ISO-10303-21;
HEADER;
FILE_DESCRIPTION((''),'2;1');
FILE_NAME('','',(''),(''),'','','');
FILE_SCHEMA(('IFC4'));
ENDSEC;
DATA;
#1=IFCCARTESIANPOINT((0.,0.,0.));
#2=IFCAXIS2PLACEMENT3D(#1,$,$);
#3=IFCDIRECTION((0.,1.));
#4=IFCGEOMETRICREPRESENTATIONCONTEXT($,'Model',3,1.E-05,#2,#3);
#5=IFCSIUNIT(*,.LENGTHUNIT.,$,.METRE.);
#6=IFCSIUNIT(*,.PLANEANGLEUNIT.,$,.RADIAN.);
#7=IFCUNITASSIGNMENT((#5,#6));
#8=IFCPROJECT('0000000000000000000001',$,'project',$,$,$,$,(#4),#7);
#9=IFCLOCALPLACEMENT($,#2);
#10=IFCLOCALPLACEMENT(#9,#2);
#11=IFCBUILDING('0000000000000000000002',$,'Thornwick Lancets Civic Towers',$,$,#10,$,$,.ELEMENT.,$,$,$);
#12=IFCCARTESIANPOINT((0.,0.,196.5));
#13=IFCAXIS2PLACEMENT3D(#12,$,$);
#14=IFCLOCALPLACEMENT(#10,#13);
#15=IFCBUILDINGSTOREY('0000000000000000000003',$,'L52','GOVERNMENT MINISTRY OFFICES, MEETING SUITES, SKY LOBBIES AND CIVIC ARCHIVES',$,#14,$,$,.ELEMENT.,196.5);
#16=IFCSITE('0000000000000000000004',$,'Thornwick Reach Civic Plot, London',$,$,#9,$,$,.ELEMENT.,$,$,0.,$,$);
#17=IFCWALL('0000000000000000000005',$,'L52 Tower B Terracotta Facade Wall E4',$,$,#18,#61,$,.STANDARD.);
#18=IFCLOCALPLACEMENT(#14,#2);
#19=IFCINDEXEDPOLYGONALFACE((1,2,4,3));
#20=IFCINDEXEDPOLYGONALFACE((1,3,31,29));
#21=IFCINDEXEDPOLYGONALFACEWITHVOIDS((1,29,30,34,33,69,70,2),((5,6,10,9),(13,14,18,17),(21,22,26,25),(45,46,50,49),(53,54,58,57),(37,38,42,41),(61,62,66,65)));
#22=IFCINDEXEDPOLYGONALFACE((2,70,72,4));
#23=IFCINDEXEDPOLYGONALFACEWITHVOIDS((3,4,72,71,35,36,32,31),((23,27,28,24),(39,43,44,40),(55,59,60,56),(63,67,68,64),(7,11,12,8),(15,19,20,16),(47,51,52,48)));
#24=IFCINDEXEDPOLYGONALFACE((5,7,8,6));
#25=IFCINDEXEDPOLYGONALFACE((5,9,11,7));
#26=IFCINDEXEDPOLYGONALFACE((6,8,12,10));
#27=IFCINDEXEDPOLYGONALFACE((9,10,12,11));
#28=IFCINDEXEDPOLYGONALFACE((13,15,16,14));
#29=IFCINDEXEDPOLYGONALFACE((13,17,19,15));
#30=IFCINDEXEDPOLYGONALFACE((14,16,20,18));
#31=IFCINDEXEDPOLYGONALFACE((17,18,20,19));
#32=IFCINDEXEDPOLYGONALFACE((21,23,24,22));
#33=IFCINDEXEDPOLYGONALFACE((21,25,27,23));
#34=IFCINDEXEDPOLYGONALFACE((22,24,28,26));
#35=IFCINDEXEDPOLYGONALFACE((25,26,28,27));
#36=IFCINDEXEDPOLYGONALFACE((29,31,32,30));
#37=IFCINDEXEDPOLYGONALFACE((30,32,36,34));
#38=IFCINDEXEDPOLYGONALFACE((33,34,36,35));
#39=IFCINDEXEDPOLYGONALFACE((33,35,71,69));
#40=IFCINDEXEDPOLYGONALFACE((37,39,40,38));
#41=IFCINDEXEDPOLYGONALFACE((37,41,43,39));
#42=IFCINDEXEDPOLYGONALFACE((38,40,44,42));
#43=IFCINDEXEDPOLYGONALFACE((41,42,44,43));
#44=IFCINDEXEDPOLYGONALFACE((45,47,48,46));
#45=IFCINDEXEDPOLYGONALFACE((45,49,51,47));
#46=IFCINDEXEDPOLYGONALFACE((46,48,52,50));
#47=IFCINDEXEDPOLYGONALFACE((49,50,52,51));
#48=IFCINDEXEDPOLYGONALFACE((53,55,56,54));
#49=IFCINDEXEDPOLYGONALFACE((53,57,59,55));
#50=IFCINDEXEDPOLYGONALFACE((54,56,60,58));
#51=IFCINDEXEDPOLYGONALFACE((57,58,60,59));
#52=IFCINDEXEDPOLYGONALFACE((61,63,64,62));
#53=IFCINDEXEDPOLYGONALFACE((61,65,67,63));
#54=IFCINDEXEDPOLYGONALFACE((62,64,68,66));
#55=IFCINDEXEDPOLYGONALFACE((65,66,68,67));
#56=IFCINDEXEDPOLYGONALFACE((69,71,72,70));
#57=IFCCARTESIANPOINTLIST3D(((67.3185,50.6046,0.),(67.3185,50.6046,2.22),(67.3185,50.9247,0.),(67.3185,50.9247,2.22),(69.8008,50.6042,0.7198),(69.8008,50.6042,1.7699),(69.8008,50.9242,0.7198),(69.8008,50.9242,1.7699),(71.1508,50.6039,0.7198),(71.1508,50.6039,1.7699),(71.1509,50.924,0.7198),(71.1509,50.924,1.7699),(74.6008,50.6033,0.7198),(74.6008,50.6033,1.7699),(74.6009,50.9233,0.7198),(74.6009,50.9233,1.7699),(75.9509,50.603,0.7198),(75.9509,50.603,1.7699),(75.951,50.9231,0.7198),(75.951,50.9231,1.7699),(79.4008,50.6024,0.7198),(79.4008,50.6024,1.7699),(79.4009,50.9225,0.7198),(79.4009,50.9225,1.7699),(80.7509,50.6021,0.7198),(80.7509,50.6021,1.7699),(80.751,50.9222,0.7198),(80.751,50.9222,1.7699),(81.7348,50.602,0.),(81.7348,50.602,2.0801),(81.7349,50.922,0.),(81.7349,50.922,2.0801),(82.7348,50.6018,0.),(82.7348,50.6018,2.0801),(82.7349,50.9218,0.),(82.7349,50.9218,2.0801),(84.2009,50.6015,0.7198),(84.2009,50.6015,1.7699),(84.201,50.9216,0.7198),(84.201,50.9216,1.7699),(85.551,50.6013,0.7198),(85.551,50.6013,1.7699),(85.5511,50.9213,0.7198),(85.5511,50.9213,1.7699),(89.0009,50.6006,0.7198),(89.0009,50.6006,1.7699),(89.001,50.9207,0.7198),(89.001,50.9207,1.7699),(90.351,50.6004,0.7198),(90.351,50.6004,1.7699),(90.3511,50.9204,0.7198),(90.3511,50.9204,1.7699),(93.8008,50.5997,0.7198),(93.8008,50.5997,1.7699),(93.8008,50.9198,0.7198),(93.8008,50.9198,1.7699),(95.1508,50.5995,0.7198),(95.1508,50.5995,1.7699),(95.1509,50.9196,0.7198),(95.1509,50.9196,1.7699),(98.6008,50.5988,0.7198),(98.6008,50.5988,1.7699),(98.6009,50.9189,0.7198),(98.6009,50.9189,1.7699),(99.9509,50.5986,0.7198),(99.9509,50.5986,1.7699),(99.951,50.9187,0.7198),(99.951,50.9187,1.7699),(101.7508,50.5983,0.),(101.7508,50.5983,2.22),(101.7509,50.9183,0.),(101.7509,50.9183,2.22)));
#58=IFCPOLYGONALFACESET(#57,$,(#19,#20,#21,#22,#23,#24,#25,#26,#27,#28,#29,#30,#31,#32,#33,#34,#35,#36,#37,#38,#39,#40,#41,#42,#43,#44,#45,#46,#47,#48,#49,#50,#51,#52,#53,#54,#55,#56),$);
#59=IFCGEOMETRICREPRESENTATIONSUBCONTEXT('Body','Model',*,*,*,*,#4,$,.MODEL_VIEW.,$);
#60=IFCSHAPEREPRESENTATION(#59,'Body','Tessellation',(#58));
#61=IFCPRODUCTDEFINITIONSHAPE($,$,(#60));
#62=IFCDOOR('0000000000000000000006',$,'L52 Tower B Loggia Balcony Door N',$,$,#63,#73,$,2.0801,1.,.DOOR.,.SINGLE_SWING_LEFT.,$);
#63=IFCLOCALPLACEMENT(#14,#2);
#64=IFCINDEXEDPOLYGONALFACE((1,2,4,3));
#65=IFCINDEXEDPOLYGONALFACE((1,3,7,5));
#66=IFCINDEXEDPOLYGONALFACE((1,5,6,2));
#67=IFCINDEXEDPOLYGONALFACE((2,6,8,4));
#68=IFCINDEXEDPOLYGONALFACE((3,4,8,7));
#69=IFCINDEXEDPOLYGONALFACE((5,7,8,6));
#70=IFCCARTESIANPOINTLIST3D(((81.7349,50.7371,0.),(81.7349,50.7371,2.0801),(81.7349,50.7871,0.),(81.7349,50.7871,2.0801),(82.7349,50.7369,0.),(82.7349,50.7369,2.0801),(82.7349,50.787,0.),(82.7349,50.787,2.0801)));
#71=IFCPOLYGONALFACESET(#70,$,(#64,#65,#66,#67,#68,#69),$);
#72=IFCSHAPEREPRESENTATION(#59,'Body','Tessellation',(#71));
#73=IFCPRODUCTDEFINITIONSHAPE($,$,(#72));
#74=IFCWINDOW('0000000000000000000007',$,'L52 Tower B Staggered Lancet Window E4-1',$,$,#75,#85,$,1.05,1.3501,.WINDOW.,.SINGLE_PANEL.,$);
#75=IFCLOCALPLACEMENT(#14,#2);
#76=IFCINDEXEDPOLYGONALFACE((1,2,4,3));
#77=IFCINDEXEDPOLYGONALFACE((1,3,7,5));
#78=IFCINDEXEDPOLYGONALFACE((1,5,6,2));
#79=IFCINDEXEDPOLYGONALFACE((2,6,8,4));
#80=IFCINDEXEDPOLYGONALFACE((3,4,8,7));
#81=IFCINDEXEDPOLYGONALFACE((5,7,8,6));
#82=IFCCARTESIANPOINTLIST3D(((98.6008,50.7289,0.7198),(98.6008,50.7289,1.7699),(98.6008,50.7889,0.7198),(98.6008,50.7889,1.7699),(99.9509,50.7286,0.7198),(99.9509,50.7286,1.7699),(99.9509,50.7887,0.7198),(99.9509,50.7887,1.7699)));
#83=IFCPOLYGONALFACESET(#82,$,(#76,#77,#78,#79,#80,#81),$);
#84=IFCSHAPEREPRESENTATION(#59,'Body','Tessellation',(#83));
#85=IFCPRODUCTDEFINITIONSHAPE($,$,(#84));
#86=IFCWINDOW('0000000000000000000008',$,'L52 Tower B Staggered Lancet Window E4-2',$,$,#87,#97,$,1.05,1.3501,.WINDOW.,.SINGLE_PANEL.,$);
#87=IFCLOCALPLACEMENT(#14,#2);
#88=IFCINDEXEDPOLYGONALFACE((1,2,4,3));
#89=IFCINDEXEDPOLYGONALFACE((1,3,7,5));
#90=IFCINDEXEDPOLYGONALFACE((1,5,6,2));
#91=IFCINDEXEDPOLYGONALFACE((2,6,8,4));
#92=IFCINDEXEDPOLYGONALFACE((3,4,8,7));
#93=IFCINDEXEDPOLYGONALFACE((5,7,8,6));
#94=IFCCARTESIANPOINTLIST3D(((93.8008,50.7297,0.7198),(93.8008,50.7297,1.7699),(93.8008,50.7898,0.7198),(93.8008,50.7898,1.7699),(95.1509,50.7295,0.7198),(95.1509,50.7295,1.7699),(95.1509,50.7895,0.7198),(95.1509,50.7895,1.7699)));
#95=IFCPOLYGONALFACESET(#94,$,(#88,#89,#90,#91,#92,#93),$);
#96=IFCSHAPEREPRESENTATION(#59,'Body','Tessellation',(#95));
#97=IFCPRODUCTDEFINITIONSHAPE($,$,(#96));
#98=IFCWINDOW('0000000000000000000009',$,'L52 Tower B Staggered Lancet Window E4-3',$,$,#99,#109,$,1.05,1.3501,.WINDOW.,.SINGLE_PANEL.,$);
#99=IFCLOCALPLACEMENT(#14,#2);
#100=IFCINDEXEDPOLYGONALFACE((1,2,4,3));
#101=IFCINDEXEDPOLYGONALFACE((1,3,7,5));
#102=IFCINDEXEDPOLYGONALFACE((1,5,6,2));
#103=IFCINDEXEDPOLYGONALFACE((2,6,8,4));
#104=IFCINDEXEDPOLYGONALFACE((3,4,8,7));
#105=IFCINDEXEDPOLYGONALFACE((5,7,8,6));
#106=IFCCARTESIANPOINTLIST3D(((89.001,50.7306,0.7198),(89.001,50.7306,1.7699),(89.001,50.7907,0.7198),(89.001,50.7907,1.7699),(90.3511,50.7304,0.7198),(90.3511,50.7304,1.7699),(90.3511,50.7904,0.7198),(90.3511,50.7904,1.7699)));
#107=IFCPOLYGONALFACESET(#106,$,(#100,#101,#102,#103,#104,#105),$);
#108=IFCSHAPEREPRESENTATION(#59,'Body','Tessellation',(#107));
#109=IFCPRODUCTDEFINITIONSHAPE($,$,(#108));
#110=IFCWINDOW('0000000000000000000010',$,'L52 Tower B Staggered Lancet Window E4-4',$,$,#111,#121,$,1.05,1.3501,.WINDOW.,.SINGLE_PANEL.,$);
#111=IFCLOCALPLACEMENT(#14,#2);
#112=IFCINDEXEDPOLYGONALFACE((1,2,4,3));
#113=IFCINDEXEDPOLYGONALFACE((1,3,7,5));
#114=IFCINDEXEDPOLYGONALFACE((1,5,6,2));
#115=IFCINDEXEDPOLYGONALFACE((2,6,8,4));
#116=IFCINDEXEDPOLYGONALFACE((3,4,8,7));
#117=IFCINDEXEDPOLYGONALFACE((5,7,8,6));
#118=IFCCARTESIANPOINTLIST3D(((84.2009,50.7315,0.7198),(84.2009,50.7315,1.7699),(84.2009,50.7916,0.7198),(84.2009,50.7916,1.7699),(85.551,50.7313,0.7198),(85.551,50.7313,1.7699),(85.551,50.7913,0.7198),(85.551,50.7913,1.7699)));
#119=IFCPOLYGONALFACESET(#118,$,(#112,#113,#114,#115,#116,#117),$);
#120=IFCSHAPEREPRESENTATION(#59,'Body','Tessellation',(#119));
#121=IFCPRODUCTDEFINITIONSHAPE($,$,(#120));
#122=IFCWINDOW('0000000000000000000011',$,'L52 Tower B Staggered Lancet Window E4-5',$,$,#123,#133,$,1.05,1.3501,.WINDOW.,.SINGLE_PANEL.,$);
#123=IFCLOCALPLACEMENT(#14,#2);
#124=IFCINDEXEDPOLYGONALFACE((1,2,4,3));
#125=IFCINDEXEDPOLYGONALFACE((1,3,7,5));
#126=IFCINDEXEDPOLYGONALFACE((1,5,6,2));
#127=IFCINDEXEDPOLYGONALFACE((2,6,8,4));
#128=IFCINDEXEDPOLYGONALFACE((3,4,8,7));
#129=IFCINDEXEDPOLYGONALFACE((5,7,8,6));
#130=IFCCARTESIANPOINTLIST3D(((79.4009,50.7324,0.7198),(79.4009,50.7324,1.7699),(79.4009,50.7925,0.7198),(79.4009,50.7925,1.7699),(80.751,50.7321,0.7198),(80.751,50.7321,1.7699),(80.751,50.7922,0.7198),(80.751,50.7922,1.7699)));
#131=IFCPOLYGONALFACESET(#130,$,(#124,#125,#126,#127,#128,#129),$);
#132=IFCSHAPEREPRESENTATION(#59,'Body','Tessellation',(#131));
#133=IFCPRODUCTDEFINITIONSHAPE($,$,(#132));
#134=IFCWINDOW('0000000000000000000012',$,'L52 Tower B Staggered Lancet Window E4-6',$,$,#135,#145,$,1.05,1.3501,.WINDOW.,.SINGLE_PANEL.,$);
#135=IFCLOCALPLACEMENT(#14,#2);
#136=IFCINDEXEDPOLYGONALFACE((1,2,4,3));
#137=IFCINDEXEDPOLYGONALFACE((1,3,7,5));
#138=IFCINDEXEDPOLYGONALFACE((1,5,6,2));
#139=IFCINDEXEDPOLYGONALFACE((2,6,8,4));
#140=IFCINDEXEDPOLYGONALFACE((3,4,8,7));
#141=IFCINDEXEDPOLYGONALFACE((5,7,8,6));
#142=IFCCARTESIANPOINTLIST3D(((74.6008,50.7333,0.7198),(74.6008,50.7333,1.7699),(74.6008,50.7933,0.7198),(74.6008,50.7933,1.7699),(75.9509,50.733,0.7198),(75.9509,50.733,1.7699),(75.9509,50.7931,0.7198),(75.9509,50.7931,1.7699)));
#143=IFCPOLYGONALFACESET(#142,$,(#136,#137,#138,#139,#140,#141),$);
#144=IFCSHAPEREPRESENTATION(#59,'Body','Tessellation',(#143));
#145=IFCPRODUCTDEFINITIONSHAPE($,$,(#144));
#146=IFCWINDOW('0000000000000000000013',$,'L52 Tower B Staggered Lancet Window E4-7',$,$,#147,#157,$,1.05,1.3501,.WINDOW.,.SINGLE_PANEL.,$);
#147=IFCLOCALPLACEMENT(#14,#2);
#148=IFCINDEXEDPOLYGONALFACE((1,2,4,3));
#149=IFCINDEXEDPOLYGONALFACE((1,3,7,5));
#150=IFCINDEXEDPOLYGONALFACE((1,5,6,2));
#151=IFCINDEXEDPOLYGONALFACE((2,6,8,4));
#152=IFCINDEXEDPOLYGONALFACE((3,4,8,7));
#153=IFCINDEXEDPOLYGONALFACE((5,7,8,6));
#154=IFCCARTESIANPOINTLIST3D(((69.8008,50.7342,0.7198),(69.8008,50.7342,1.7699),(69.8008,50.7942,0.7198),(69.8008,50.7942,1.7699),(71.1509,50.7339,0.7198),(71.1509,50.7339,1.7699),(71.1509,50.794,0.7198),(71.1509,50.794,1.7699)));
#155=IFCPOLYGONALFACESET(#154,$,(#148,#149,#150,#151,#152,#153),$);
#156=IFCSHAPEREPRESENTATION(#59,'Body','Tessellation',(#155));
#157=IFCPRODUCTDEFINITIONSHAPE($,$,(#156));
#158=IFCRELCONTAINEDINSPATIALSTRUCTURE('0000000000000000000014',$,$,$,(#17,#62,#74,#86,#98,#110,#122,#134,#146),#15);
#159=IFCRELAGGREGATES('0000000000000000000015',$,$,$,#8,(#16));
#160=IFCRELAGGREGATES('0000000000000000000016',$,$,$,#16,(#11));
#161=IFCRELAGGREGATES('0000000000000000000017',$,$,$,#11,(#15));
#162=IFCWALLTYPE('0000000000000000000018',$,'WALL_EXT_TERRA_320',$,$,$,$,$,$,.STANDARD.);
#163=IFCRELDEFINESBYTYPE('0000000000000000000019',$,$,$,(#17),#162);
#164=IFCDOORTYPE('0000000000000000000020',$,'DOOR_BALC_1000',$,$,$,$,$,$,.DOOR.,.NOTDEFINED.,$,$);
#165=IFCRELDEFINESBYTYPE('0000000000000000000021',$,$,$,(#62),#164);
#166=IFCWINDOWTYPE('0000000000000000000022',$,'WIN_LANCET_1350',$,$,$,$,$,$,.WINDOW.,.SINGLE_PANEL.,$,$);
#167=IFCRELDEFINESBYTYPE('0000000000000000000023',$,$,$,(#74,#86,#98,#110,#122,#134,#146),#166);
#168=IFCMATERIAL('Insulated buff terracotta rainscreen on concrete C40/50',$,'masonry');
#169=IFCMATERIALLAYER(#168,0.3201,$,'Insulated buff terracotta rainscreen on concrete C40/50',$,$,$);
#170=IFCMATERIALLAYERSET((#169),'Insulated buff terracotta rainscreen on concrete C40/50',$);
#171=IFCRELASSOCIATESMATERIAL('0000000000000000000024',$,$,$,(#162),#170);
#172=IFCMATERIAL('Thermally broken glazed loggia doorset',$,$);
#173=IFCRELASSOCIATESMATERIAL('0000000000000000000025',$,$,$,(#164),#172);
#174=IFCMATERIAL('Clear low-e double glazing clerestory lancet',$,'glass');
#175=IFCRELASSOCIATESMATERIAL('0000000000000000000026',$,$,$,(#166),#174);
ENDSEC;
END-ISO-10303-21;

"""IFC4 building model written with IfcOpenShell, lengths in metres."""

from ifc_helpers import new_model, si_unit, direction, frame, frame_2d, origin, place, context, subcontext, project, spatial, rectangle, extrude, material, layer, layer_set, type_object, element, fill, save


model = new_model("IFC4")

# Units and contexts
model_context = context("Model", 3, precision=1e-05, world=origin(), true_north=direction((0.0, 1.0)))
body_context = subcontext(model_context, "Body", "Model", "MODEL_VIEW")
ifc_project = project(units=[si_unit("LENGTHUNIT", "METRE"), si_unit("PLANEANGLEUNIT", "RADIAN")], contexts=[model_context])

# Site, building, storey
site_placement = place(None, origin())
site = spatial("IfcSite", under=ifc_project, at=site_placement, Name="Thornwick Reach Civic Plot, London", CompositionType="ELEMENT", RefElevation=0.0)
building_placement = place(site_placement, origin())
building = spatial("IfcBuilding", under=site, at=building_placement, Name="Thornwick Lancets Civic Towers", CompositionType="ELEMENT")
storey_placement = place(building_placement, frame((0.0, 0.0, 196.5)))
storey = spatial("IfcBuildingStorey", under=building, at=storey_placement, Name="L52", Description="GOVERNMENT MINISTRY OFFICES, MEETING SUITES, SKY LOBBIES AND CIVIC ARCHIVES", CompositionType="ELEMENT", Elevation=196.5)

# Wall, openings, door, windows
ifc_material_1 = material(Name="Insulated buff terracotta rainscreen on concrete C40/50", Category="masonry")
ifc_layer_1 = layer(ifc_material_1, 0.3201, Name="Insulated buff terracotta rainscreen on concrete C40/50")
ifc_layer_set_1 = layer_set([ifc_layer_1], Name="Insulated buff terracotta rainscreen on concrete C40/50")
wall_type_1 = type_object("IfcWallType", Name="WALL_EXT_TERRA_320", PredefinedType="STANDARD", material=ifc_layer_set_1)
wall_1_placement = place(storey_placement, frame((101.751, 50.7583, 0.0), z_axis=(0.0, 0.0, 1.0), x_axis=(-1.0, 0.000184, 0.0)))
wall_1 = element("IfcWall", 1, at=wall_1_placement, inside=storey, type_object=wall_type_1, Name="L52 Tower B Terracotta Facade Wall E4", PredefinedType="STANDARD", context=body_context, shape_type="SweptSolid", body=[
    extrude(rectangle(XDim=34.4324, YDim=0.3201, at=frame_2d((17.2163, 0.0))), origin(), (0.0, 0.0, 1.0), 2.22),
])
opening_1_placement = place(wall_1_placement, frame((19.0161, 0.0, 0.0)))
opening_1 = element("IfcOpeningElement", 2, at=opening_1_placement, cuts=wall_1, PredefinedType="OPENING", context=body_context, shape_type="SweptSolid", body=[
    extrude(rectangle(XDim=1.0, YDim=2.0801, at=frame_2d((0.5, 1.04))), frame((0.0, 0.1699, 0.0), z_axis=(0.0, -1.0, 0.0), x_axis=(1.0, 0.0, 0.0)), (0.0, 0.0, 1.0), 0.3401),
])
opening_2_placement = place(wall_1_placement, frame((1.8, 0.0, 0.72)))
opening_2 = element("IfcOpeningElement", 3, at=opening_2_placement, cuts=wall_1, PredefinedType="OPENING", context=body_context, shape_type="SweptSolid", body=[
    extrude(rectangle(XDim=1.3501, YDim=1.05, at=frame_2d((0.675, 0.5249))), frame((0.0, 0.1699, 0.0), z_axis=(0.0, -1.0, 0.0), x_axis=(1.0, 0.0, 0.0)), (0.0, 0.0, 1.0), 0.3401),
])
opening_3_placement = place(wall_1_placement, frame((6.6001, 0.0, 0.72)))
opening_3 = element("IfcOpeningElement", 4, at=opening_3_placement, cuts=wall_1, PredefinedType="OPENING", context=body_context, shape_type="SweptSolid", body=[
    extrude(rectangle(XDim=1.3501, YDim=1.05, at=frame_2d((0.675, 0.5249))), frame((0.0, 0.1699, 0.0), z_axis=(0.0, -1.0, 0.0), x_axis=(1.0, 0.0, 0.0)), (0.0, 0.0, 1.0), 0.3401),
])
opening_4_placement = place(wall_1_placement, frame((11.3999, 0.0, 0.72)))
opening_4 = element("IfcOpeningElement", 5, at=opening_4_placement, cuts=wall_1, PredefinedType="OPENING", context=body_context, shape_type="SweptSolid", body=[
    extrude(rectangle(XDim=1.3501, YDim=1.05, at=frame_2d((0.675, 0.5249))), frame((0.0, 0.1699, 0.0), z_axis=(0.0, -1.0, 0.0), x_axis=(1.0, 0.0, 0.0)), (0.0, 0.0, 1.0), 0.3401),
])
opening_5_placement = place(wall_1_placement, frame((16.2, 0.0, 0.72)))
opening_5 = element("IfcOpeningElement", 6, at=opening_5_placement, cuts=wall_1, PredefinedType="OPENING", context=body_context, shape_type="SweptSolid", body=[
    extrude(rectangle(XDim=1.3501, YDim=1.05, at=frame_2d((0.675, 0.5249))), frame((0.0, 0.1699, 0.0), z_axis=(0.0, -1.0, 0.0), x_axis=(1.0, 0.0, 0.0)), (0.0, 0.0, 1.0), 0.3401),
])
opening_6_placement = place(wall_1_placement, frame((21.0, 0.0, 0.72)))
opening_6 = element("IfcOpeningElement", 7, at=opening_6_placement, cuts=wall_1, PredefinedType="OPENING", context=body_context, shape_type="SweptSolid", body=[
    extrude(rectangle(XDim=1.3501, YDim=1.05, at=frame_2d((0.675, 0.5249))), frame((0.0, 0.1699, 0.0), z_axis=(0.0, -1.0, 0.0), x_axis=(1.0, 0.0, 0.0)), (0.0, 0.0, 1.0), 0.3401),
])
opening_7_placement = place(wall_1_placement, frame((25.8, 0.0, 0.72)))
opening_7 = element("IfcOpeningElement", 8, at=opening_7_placement, cuts=wall_1, PredefinedType="OPENING", context=body_context, shape_type="SweptSolid", body=[
    extrude(rectangle(XDim=1.3501, YDim=1.05, at=frame_2d((0.675, 0.5249))), frame((0.0, 0.1699, 0.0), z_axis=(0.0, -1.0, 0.0), x_axis=(1.0, 0.0, 0.0)), (0.0, 0.0, 1.0), 0.3401),
])
opening_8_placement = place(wall_1_placement, frame((30.6001, 0.0, 0.72)))
opening_8 = element("IfcOpeningElement", 9, at=opening_8_placement, cuts=wall_1, PredefinedType="OPENING", context=body_context, shape_type="SweptSolid", body=[
    extrude(rectangle(XDim=1.3501, YDim=1.05, at=frame_2d((0.675, 0.5249))), frame((0.0, 0.1699, 0.0), z_axis=(0.0, -1.0, 0.0), x_axis=(1.0, 0.0, 0.0)), (0.0, 0.0, 1.0), 0.3401),
])
ifc_material_2 = material(Name="Thermally broken glazed loggia doorset")
door_type = type_object("IfcDoorType", Name="DOOR_BALC_1000", OperationType="NOTDEFINED", PredefinedType="DOOR", material=ifc_material_2)
door_placement = place(opening_1_placement, origin())
door = element("IfcDoor", 10, at=door_placement, inside=storey, type_object=door_type, Name="L52 Tower B Loggia Balcony Door N", OperationType="SINGLE_SWING_LEFT", OverallHeight=2.0801, OverallWidth=1.0, PredefinedType="DOOR", context=body_context, shape_type="SweptSolid", body=[
    extrude(rectangle(XDim=1.0, YDim=2.0801, at=frame_2d((0.5, 1.04))), frame((0.0, 0.0249, 0.0), z_axis=(0.0, -1.0, 0.0), x_axis=(1.0, 0.0, 0.0)), (0.0, 0.0, 1.0), 0.05),
])
fill(opening_1, door)
ifc_material_3 = material(Name="Clear low-e double glazing clerestory lancet", Category="glass")
window_type = type_object("IfcWindowType", Name="WIN_LANCET_1350", PartitioningType="SINGLE_PANEL", PredefinedType="WINDOW", material=ifc_material_3)
window_1_placement = place(opening_2_placement, origin())
window_1 = element("IfcWindow", 11, at=window_1_placement, inside=storey, type_object=window_type, Name="L52 Tower B Staggered Lancet Window E4-1", OverallHeight=1.05, OverallWidth=1.3501, PartitioningType="SINGLE_PANEL", PredefinedType="WINDOW", context=body_context, shape_type="SweptSolid", body=[
    extrude(rectangle(XDim=1.3501, YDim=1.05, at=frame_2d((0.675, 0.5249))), frame((0.0, 0.03, 0.0), z_axis=(0.0, -1.0, 0.0), x_axis=(1.0, 0.0, 0.0)), (0.0, 0.0, 1.0), 0.0601),
])
fill(opening_2, window_1)
window_2_placement = place(opening_3_placement, origin())
window_2 = element("IfcWindow", 12, at=window_2_placement, inside=storey, type_object=window_type, Name="L52 Tower B Staggered Lancet Window E4-2", OverallHeight=1.05, OverallWidth=1.3501, PartitioningType="SINGLE_PANEL", PredefinedType="WINDOW", context=body_context, shape_type="SweptSolid", body=[
    extrude(rectangle(XDim=1.3501, YDim=1.05, at=frame_2d((0.675, 0.5249))), frame((0.0, 0.03, 0.0), z_axis=(0.0, -1.0, 0.0), x_axis=(1.0, 0.0, 0.0)), (0.0, 0.0, 1.0), 0.0601),
])
fill(opening_3, window_2)
window_3_placement = place(opening_4_placement, origin())
window_3 = element("IfcWindow", 13, at=window_3_placement, inside=storey, type_object=window_type, Name="L52 Tower B Staggered Lancet Window E4-3", OverallHeight=1.05, OverallWidth=1.3501, PartitioningType="SINGLE_PANEL", PredefinedType="WINDOW", context=body_context, shape_type="SweptSolid", body=[
    extrude(rectangle(XDim=1.3501, YDim=1.05, at=frame_2d((0.675, 0.5249))), frame((0.0, 0.03, 0.0), z_axis=(0.0, -1.0, 0.0), x_axis=(1.0, 0.0, 0.0)), (0.0, 0.0, 1.0), 0.0601),
])
fill(opening_4, window_3)
window_4_placement = place(opening_5_placement, origin())
window_4 = element("IfcWindow", 14, at=window_4_placement, inside=storey, type_object=window_type, Name="L52 Tower B Staggered Lancet Window E4-4", OverallHeight=1.05, OverallWidth=1.3501, PartitioningType="SINGLE_PANEL", PredefinedType="WINDOW", context=body_context, shape_type="SweptSolid", body=[
    extrude(rectangle(XDim=1.3501, YDim=1.05, at=frame_2d((0.675, 0.5249))), frame((0.0, 0.03, 0.0), z_axis=(0.0, -1.0, 0.0), x_axis=(1.0, 0.0, 0.0)), (0.0, 0.0, 1.0), 0.0601),
])
fill(opening_5, window_4)
window_5_placement = place(opening_6_placement, origin())
window_5 = element("IfcWindow", 15, at=window_5_placement, inside=storey, type_object=window_type, Name="L52 Tower B Staggered Lancet Window E4-5", OverallHeight=1.05, OverallWidth=1.3501, PartitioningType="SINGLE_PANEL", PredefinedType="WINDOW", context=body_context, shape_type="SweptSolid", body=[
    extrude(rectangle(XDim=1.3501, YDim=1.05, at=frame_2d((0.675, 0.5249))), frame((0.0, 0.03, 0.0), z_axis=(0.0, -1.0, 0.0), x_axis=(1.0, 0.0, 0.0)), (0.0, 0.0, 1.0), 0.0601),
])
fill(opening_6, window_5)
window_6_placement = place(opening_7_placement, origin())
window_6 = element("IfcWindow", 16, at=window_6_placement, inside=storey, type_object=window_type, Name="L52 Tower B Staggered Lancet Window E4-6", OverallHeight=1.05, OverallWidth=1.3501, PartitioningType="SINGLE_PANEL", PredefinedType="WINDOW", context=body_context, shape_type="SweptSolid", body=[
    extrude(rectangle(XDim=1.3501, YDim=1.05, at=frame_2d((0.675, 0.5249))), frame((0.0, 0.03, 0.0), z_axis=(0.0, -1.0, 0.0), x_axis=(1.0, 0.0, 0.0)), (0.0, 0.0, 1.0), 0.0601),
])
fill(opening_7, window_6)
window_7_placement = place(opening_8_placement, origin())
window_7 = element("IfcWindow", 17, at=window_7_placement, inside=storey, type_object=window_type, Name="L52 Tower B Staggered Lancet Window E4-7", OverallHeight=1.05, OverallWidth=1.3501, PartitioningType="SINGLE_PANEL", PredefinedType="WINDOW", context=body_context, shape_type="SweptSolid", body=[
    extrude(rectangle(XDim=1.3501, YDim=1.05, at=frame_2d((0.675, 0.5249))), frame((0.0, 0.03, 0.0), z_axis=(0.0, -1.0, 0.0), x_axis=(1.0, 0.0, 0.0)), (0.0, 0.0, 1.0), 0.0601),
])
fill(opening_8, window_7)

save(model, "model.ifc")
